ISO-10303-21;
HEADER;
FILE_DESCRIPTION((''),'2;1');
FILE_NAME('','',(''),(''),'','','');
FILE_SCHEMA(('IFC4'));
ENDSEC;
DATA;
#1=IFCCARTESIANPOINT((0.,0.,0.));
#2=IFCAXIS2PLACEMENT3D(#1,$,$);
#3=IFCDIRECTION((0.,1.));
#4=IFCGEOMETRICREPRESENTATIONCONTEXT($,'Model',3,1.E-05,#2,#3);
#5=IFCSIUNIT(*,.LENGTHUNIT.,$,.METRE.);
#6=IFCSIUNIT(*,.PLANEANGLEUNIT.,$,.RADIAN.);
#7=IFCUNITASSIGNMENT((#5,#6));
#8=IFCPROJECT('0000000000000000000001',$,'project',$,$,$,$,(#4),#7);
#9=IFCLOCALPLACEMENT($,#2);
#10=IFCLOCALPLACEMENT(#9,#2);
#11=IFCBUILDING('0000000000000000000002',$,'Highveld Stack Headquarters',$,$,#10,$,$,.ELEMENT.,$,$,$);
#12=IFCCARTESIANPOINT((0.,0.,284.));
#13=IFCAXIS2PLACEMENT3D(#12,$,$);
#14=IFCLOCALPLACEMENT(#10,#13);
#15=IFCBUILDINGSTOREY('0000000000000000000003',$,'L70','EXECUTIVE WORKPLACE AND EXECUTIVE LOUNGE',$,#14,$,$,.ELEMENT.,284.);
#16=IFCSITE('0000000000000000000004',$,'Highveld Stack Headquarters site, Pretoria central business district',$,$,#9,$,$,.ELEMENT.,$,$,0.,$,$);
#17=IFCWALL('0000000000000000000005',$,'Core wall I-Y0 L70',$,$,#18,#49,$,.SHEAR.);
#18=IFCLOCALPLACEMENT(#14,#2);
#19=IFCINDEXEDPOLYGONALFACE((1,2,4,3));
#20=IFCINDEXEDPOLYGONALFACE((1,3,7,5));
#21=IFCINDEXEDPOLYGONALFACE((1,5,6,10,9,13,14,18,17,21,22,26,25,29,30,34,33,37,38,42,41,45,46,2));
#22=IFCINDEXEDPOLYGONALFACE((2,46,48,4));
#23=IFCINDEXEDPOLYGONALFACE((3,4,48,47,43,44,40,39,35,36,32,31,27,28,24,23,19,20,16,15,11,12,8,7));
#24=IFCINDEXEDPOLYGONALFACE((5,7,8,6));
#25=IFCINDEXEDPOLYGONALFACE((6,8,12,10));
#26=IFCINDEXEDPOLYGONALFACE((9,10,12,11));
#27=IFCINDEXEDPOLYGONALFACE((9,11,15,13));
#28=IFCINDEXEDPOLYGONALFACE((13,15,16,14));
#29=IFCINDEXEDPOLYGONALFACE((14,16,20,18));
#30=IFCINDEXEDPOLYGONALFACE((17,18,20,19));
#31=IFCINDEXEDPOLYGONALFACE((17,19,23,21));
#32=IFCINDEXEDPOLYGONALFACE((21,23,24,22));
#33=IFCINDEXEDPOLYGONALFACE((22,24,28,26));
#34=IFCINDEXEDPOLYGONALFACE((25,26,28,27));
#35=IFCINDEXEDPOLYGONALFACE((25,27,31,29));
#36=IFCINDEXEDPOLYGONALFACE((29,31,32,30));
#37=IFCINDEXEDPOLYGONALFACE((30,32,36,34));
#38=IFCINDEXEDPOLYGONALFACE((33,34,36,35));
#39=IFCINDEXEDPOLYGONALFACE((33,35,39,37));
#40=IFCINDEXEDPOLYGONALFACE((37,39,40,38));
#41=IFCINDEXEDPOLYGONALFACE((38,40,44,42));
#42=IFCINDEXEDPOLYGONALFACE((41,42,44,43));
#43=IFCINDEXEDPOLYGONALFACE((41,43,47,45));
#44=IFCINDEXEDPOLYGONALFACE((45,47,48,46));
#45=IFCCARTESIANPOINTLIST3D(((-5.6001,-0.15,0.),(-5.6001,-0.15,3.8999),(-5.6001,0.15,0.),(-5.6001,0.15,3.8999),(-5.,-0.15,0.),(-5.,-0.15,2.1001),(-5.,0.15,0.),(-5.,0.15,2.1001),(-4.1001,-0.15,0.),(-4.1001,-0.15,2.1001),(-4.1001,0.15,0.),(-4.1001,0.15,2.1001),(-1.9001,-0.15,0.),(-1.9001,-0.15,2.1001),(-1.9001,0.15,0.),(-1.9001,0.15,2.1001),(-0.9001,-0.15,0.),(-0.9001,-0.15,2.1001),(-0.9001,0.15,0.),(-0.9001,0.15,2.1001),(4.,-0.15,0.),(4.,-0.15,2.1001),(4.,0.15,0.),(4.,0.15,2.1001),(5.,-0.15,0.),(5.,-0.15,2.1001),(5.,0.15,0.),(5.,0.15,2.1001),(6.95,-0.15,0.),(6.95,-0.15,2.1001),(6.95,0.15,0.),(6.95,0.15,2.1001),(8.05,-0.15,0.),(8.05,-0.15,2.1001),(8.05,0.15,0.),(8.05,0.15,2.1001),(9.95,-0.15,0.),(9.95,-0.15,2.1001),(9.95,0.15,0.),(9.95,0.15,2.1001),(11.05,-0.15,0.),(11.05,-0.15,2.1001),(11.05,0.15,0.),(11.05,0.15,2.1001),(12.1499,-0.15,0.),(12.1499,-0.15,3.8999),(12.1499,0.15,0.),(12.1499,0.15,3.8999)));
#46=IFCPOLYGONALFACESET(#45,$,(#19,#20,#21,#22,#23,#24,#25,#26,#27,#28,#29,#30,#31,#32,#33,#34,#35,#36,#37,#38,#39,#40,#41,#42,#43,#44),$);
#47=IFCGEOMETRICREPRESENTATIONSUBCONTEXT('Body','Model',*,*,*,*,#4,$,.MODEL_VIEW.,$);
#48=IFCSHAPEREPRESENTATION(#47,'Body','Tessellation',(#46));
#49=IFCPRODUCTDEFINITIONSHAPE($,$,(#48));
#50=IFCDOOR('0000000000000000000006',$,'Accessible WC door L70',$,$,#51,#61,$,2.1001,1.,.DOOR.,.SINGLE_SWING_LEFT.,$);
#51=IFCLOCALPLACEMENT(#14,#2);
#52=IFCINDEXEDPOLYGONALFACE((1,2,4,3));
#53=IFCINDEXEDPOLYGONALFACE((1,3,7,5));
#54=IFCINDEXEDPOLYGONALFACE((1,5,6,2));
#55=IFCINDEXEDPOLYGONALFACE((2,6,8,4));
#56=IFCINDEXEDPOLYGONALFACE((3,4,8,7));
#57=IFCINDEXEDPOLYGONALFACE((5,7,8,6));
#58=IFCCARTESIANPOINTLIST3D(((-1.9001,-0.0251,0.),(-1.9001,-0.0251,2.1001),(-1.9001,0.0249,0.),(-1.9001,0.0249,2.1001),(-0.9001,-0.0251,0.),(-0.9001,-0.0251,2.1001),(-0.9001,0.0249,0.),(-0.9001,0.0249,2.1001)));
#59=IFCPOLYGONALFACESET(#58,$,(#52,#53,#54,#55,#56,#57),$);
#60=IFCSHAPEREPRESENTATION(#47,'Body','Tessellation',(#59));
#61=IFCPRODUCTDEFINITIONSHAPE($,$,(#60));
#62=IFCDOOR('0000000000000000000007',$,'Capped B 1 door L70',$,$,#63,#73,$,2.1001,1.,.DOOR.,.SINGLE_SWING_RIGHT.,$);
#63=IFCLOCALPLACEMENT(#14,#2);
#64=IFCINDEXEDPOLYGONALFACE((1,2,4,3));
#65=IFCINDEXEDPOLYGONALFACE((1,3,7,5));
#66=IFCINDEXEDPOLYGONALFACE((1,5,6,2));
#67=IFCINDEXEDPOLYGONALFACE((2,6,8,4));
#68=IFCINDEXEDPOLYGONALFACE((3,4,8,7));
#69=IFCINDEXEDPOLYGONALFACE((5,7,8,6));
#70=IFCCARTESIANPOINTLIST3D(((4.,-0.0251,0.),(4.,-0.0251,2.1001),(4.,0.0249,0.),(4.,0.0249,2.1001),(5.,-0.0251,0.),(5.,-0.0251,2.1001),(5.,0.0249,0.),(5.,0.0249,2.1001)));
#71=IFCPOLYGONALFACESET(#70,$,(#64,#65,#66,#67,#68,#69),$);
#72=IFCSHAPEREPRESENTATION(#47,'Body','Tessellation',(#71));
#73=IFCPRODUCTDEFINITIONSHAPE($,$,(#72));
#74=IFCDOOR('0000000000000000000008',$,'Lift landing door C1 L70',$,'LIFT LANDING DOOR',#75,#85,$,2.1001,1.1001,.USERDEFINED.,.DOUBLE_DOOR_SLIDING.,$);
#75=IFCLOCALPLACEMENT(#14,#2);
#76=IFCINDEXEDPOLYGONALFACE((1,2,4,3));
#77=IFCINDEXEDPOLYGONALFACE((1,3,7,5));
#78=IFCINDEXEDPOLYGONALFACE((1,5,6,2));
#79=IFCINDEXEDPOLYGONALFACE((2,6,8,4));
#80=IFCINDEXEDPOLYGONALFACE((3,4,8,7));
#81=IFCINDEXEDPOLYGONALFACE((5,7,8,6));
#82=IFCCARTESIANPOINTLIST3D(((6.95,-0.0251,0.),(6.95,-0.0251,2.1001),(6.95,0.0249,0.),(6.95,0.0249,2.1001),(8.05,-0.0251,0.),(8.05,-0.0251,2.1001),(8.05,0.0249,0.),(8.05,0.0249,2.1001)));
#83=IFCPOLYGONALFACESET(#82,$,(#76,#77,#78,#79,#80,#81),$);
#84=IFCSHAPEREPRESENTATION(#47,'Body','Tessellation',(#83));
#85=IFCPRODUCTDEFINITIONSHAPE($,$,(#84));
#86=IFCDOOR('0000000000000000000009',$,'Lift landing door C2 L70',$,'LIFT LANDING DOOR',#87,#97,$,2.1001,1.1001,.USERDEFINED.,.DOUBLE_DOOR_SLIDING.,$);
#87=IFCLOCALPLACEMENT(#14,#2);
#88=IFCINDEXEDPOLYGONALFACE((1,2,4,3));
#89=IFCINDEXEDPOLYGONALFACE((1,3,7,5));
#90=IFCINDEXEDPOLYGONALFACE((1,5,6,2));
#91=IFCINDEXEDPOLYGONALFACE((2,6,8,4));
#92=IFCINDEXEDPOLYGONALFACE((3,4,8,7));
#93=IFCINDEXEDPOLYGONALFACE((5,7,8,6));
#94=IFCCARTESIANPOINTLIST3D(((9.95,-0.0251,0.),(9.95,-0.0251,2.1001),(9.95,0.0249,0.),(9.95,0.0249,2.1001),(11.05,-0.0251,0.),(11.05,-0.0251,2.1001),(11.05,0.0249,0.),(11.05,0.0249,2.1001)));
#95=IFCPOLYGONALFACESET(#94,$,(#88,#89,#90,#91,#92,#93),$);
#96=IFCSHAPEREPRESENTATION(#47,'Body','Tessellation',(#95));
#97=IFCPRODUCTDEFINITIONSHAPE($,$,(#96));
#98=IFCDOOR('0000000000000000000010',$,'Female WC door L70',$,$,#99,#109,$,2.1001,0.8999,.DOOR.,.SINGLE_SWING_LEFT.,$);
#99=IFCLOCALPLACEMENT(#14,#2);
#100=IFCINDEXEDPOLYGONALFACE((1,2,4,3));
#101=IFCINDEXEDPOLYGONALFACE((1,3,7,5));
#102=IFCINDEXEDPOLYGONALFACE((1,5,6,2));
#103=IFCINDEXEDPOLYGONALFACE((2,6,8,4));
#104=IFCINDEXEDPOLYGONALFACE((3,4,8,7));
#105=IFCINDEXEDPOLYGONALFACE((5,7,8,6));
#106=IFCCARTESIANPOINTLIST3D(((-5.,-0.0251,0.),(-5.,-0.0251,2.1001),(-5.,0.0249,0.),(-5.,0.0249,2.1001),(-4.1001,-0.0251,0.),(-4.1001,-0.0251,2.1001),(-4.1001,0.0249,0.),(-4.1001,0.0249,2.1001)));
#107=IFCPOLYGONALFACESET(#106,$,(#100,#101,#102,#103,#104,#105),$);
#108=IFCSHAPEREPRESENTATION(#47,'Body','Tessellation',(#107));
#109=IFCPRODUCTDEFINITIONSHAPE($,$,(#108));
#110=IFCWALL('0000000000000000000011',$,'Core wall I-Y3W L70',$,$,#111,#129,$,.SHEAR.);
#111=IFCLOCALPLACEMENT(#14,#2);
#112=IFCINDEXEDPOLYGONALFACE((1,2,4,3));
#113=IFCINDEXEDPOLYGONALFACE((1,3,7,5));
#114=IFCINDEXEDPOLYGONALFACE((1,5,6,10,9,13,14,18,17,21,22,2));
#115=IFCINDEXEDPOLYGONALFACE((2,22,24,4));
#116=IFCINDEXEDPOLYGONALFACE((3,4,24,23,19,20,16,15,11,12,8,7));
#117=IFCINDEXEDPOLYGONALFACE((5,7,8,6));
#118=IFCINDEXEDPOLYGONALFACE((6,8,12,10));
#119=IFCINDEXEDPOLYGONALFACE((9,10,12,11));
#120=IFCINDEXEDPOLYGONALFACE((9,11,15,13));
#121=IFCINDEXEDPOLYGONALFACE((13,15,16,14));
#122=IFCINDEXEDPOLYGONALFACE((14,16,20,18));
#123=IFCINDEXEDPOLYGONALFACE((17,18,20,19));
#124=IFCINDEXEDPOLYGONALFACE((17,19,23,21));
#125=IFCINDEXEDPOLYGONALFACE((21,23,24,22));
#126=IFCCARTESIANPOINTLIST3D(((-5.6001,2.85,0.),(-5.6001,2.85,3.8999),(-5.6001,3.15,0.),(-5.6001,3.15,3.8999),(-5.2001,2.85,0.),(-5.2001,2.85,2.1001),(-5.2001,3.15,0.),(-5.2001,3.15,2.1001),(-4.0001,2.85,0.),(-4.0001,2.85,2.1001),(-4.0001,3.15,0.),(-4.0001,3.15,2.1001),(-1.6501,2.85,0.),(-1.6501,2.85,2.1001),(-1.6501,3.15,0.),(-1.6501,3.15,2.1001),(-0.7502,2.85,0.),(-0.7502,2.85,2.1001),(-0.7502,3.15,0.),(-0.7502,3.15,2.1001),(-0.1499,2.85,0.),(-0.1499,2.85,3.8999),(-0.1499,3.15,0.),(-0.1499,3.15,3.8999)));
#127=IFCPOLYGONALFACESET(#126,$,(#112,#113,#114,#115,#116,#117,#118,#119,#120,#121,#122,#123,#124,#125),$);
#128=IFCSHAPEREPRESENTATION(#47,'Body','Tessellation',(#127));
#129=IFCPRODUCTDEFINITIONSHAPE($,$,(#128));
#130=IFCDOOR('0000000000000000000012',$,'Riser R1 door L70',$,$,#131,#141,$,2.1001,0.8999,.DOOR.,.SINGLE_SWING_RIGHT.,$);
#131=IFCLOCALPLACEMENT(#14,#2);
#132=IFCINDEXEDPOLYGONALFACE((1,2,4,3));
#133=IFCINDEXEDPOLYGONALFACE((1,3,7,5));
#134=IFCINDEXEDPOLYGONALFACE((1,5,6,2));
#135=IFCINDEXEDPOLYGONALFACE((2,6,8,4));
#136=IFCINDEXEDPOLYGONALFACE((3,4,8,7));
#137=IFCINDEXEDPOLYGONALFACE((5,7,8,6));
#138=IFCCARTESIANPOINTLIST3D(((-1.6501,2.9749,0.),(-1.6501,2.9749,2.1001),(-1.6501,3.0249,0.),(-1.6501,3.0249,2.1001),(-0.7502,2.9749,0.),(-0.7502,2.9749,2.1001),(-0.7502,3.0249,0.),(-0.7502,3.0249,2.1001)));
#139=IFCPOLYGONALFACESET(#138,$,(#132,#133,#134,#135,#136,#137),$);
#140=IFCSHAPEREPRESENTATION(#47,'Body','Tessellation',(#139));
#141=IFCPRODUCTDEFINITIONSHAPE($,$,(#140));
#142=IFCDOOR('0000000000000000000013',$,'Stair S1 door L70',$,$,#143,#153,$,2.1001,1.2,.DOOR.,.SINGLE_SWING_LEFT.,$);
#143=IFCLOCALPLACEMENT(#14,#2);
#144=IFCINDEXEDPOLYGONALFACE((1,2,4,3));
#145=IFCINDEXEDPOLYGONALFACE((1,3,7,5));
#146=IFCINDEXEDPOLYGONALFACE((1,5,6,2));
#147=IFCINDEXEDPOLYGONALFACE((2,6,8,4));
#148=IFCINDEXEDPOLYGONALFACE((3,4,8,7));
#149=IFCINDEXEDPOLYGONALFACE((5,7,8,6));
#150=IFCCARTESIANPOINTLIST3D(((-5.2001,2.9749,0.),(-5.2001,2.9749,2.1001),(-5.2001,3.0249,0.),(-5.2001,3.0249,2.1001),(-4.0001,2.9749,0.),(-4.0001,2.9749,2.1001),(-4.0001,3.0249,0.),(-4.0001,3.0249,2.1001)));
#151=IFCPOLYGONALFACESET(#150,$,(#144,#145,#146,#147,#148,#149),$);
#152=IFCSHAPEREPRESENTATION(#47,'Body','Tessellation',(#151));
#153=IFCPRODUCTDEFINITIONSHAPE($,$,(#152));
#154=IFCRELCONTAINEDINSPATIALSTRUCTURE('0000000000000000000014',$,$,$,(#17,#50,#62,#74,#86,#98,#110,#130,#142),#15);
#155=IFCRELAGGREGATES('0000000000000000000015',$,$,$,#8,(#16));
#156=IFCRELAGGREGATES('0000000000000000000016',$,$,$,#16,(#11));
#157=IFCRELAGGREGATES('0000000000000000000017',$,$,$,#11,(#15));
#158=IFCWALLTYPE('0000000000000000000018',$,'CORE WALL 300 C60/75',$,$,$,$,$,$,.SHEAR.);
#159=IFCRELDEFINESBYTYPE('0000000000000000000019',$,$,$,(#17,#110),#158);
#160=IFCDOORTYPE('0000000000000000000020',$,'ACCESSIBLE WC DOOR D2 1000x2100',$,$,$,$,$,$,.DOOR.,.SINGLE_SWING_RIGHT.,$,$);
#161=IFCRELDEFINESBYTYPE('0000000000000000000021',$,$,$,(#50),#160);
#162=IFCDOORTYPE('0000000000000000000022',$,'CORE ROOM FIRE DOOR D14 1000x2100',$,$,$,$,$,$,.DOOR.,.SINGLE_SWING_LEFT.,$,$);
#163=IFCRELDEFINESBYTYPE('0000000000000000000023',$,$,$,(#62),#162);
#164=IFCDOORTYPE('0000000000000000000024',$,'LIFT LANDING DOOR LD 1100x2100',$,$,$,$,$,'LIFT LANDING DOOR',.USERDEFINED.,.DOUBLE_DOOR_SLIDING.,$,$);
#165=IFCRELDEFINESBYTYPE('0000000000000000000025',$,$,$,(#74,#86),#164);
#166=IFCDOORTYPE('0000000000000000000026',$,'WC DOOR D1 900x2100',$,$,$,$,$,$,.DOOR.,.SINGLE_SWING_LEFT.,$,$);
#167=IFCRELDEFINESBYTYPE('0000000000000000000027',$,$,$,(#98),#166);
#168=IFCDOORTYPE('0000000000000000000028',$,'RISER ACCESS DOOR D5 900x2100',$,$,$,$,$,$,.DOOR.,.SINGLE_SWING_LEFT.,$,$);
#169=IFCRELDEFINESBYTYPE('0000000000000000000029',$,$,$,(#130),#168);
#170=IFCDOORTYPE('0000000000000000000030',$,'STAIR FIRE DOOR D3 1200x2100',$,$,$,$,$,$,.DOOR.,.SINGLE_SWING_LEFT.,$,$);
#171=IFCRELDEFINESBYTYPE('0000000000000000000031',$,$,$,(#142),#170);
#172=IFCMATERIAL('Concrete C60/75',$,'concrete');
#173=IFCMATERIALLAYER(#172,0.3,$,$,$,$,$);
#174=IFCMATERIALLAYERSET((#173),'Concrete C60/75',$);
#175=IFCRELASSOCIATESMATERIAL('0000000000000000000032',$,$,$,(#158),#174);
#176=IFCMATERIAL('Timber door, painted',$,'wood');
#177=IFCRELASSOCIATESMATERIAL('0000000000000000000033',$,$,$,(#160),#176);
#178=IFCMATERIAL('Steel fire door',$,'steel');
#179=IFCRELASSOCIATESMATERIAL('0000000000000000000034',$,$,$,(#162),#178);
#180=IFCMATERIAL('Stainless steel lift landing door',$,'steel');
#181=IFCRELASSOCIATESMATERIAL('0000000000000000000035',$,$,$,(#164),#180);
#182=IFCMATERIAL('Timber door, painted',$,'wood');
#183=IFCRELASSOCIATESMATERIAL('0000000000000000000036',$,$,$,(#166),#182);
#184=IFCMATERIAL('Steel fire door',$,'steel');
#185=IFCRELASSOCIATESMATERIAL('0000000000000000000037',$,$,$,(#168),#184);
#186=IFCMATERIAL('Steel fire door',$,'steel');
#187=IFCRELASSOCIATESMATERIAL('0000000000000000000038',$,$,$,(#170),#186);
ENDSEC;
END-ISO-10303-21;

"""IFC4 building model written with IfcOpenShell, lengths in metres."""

from ifc_helpers import new_model, si_unit, direction, frame, frame_2d, origin, place, context, subcontext, project, spatial, rectangle, extrude, material, layer, layer_set, type_object, element, fill, save


model = new_model("IFC4")

# Units and contexts
model_context = context("Model", 3, precision=1e-05, world=origin(), true_north=direction((0.0, 1.0)))
body_context = subcontext(model_context, "Body", "Model", "MODEL_VIEW")
ifc_project = project(units=[si_unit("LENGTHUNIT", "METRE"), si_unit("PLANEANGLEUNIT", "RADIAN")], contexts=[model_context])

# Site, building, storey
site_placement = place(None, origin())
site = spatial("IfcSite", under=ifc_project, at=site_placement, Name="Highveld Stack Headquarters site, Pretoria central business district", CompositionType="ELEMENT", RefElevation=0.0)
building_placement = place(site_placement, origin())
building = spatial("IfcBuilding", under=site, at=building_placement, Name="Highveld Stack Headquarters", CompositionType="ELEMENT")
storey_placement = place(building_placement, frame((0.0, 0.0, 284.0)))
storey = spatial("IfcBuildingStorey", under=building, at=storey_placement, Name="L70", Description="EXECUTIVE WORKPLACE AND EXECUTIVE LOUNGE", CompositionType="ELEMENT", Elevation=284.0)

# Walls, openings, doors
ifc_material_1 = material(Name="Concrete C60/75", Category="concrete")
ifc_layer_1 = layer(ifc_material_1, 0.3)
ifc_layer_set_1 = layer_set([ifc_layer_1], Name="Concrete C60/75")
wall_type = type_object("IfcWallType", Name="CORE WALL 300 C60/75", PredefinedType="SHEAR", material=ifc_layer_set_1)
wall_1_placement = place(storey_placement, frame((-5.6001, 0.0, 0.0), z_axis=(0.0, 0.0, 1.0), x_axis=(1.0, 0.0, 0.0)))
wall_1 = element("IfcWall", 1, at=wall_1_placement, inside=storey, type_object=wall_type, Name="Core wall I-Y0 L70", PredefinedType="SHEAR", context=body_context, shape_type="SweptSolid", body=[
    extrude(rectangle(XDim=17.75, YDim=0.3, at=frame_2d((8.875, 0.0))), origin(), (0.0, 0.0, 1.0), 3.8999),
])
opening_1_placement = place(wall_1_placement, frame((0.6001, 0.0, 0.0)))
opening_1 = element("IfcOpeningElement", 2, at=opening_1_placement, cuts=wall_1, PredefinedType="OPENING", context=body_context, shape_type="SweptSolid", body=[
    extrude(rectangle(XDim=0.8999, YDim=2.1001, at=frame_2d((0.45, 1.05))), frame((0.0, 0.1599, 0.0), z_axis=(0.0, -1.0, 0.0), x_axis=(1.0, 0.0, 0.0)), (0.0, 0.0, 1.0), 0.3201),
])
opening_2_placement = place(wall_1_placement, frame((3.7, 0.0, 0.0)))
opening_2 = element("IfcOpeningElement", 3, at=opening_2_placement, cuts=wall_1, PredefinedType="OPENING", context=body_context, shape_type="SweptSolid", body=[
    extrude(rectangle(XDim=1.0, YDim=2.1001, at=frame_2d((0.5, 1.05))), frame((0.0, 0.1599, 0.0), z_axis=(0.0, -1.0, 0.0), x_axis=(1.0, 0.0, 0.0)), (0.0, 0.0, 1.0), 0.3201),
])
opening_3_placement = place(wall_1_placement, frame((9.6001, 0.0, 0.0)))
opening_3 = element("IfcOpeningElement", 4, at=opening_3_placement, cuts=wall_1, PredefinedType="OPENING", context=body_context, shape_type="SweptSolid", body=[
    extrude(rectangle(XDim=1.0, YDim=2.1001, at=frame_2d((0.5, 1.05))), frame((0.0, 0.1599, 0.0), z_axis=(0.0, -1.0, 0.0), x_axis=(1.0, 0.0, 0.0)), (0.0, 0.0, 1.0), 0.3201),
])
opening_4_placement = place(wall_1_placement, frame((12.55, 0.0, 0.0)))
opening_4 = element("IfcOpeningElement", 5, at=opening_4_placement, cuts=wall_1, PredefinedType="OPENING", context=body_context, shape_type="SweptSolid", body=[
    extrude(rectangle(XDim=1.1001, YDim=2.1001, at=frame_2d((0.55, 1.05))), frame((0.0, 0.1599, 0.0), z_axis=(0.0, -1.0, 0.0), x_axis=(1.0, 0.0, 0.0)), (0.0, 0.0, 1.0), 0.3201),
])
opening_5_placement = place(wall_1_placement, frame((15.55, 0.0, 0.0)))
opening_5 = element("IfcOpeningElement", 6, at=opening_5_placement, cuts=wall_1, PredefinedType="OPENING", context=body_context, shape_type="SweptSolid", body=[
    extrude(rectangle(XDim=1.1001, YDim=2.1001, at=frame_2d((0.55, 1.05))), frame((0.0, 0.1599, 0.0), z_axis=(0.0, -1.0, 0.0), x_axis=(1.0, 0.0, 0.0)), (0.0, 0.0, 1.0), 0.3201),
])
ifc_material_2 = material(Name="Timber door, painted", Category="wood")
door_type_1 = type_object("IfcDoorType", Name="ACCESSIBLE WC DOOR D2 1000x2100", OperationType="SINGLE_SWING_RIGHT", PredefinedType="DOOR", material=ifc_material_2)
door_1_placement = place(opening_2_placement, origin())
door_1 = element("IfcDoor", 7, at=door_1_placement, inside=storey, type_object=door_type_1, Name="Accessible WC door L70", OperationType="SINGLE_SWING_LEFT", OverallHeight=2.1001, OverallWidth=1.0, PredefinedType="DOOR", context=body_context, shape_type="SweptSolid", body=[
    extrude(rectangle(XDim=1.0, YDim=2.1001, at=frame_2d((0.5, 1.05))), frame((0.0, 0.0249, 0.0), z_axis=(0.0, -1.0, 0.0), x_axis=(1.0, 0.0, 0.0)), (0.0, 0.0, 1.0), 0.05),
])
fill(opening_2, door_1)
ifc_material_3 = material(Name="Steel fire door", Category="steel")
door_type_2 = type_object("IfcDoorType", Name="CORE ROOM FIRE DOOR D14 1000x2100", OperationType="SINGLE_SWING_LEFT", PredefinedType="DOOR", material=ifc_material_3)
door_2_placement = place(opening_3_placement, origin())
door_2 = element("IfcDoor", 8, at=door_2_placement, inside=storey, type_object=door_type_2, Name="Capped B 1 door L70", OperationType="SINGLE_SWING_RIGHT", OverallHeight=2.1001, OverallWidth=1.0, PredefinedType="DOOR", context=body_context, shape_type="SweptSolid", body=[
    extrude(rectangle(XDim=1.0, YDim=2.1001, at=frame_2d((0.5, 1.05))), frame((0.0, 0.0249, 0.0), z_axis=(0.0, -1.0, 0.0), x_axis=(1.0, 0.0, 0.0)), (0.0, 0.0, 1.0), 0.05),
])
fill(opening_3, door_2)
ifc_material_4 = material(Name="Stainless steel lift landing door", Category="steel")
door_type_3 = type_object("IfcDoorType", Name="LIFT LANDING DOOR LD 1100x2100", ElementType="LIFT LANDING DOOR", OperationType="DOUBLE_DOOR_SLIDING", PredefinedType="USERDEFINED", material=ifc_material_4)
door_3_placement = place(opening_4_placement, origin())
door_3 = element("IfcDoor", 9, at=door_3_placement, inside=storey, type_object=door_type_3, Name="Lift landing door C1 L70", ObjectType="LIFT LANDING DOOR", OperationType="DOUBLE_DOOR_SLIDING", OverallHeight=2.1001, OverallWidth=1.1001, PredefinedType="USERDEFINED", context=body_context, shape_type="SweptSolid", body=[
    extrude(rectangle(XDim=1.1001, YDim=2.1001, at=frame_2d((0.55, 1.05))), frame((0.0, 0.0249, 0.0), z_axis=(0.0, -1.0, 0.0), x_axis=(1.0, 0.0, 0.0)), (0.0, 0.0, 1.0), 0.05),
])
fill(opening_4, door_3)
door_4_placement = place(opening_5_placement, origin())
door_4 = element("IfcDoor", 10, at=door_4_placement, inside=storey, type_object=door_type_3, Name="Lift landing door C2 L70", ObjectType="LIFT LANDING DOOR", OperationType="DOUBLE_DOOR_SLIDING", OverallHeight=2.1001, OverallWidth=1.1001, PredefinedType="USERDEFINED", context=body_context, shape_type="SweptSolid", body=[
    extrude(rectangle(XDim=1.1001, YDim=2.1001, at=frame_2d((0.55, 1.05))), frame((0.0, 0.0249, 0.0), z_axis=(0.0, -1.0, 0.0), x_axis=(1.0, 0.0, 0.0)), (0.0, 0.0, 1.0), 0.05),
])
fill(opening_5, door_4)
ifc_material_5 = material(Name="Timber door, painted", Category="wood")
door_type_4 = type_object("IfcDoorType", Name="WC DOOR D1 900x2100", OperationType="SINGLE_SWING_LEFT", PredefinedType="DOOR", material=ifc_material_5)
door_5_placement = place(opening_1_placement, origin())
door_5 = element("IfcDoor", 11, at=door_5_placement, inside=storey, type_object=door_type_4, Name="Female WC door L70", OperationType="SINGLE_SWING_LEFT", OverallHeight=2.1001, OverallWidth=0.8999, PredefinedType="DOOR", context=body_context, shape_type="SweptSolid", body=[
    extrude(rectangle(XDim=0.8999, YDim=2.1001, at=frame_2d((0.45, 1.05))), frame((0.0, 0.0249, 0.0), z_axis=(0.0, -1.0, 0.0), x_axis=(1.0, 0.0, 0.0)), (0.0, 0.0, 1.0), 0.05),
])
fill(opening_1, door_5)
wall_2_placement = place(storey_placement, frame((-5.6001, 3.0, 0.0), z_axis=(0.0, 0.0, 1.0), x_axis=(1.0, 0.0, 0.0)))
wall_2 = element("IfcWall", 12, at=wall_2_placement, inside=storey, type_object=wall_type, Name="Core wall I-Y3W L70", PredefinedType="SHEAR", context=body_context, shape_type="SweptSolid", body=[
    extrude(rectangle(XDim=5.4502, YDim=0.3, at=frame_2d((2.7251, 0.0))), origin(), (0.0, 0.0, 1.0), 3.8999),
])
opening_6_placement = place(wall_2_placement, frame((0.3999, 0.0, 0.0)))
opening_6 = element("IfcOpeningElement", 13, at=opening_6_placement, cuts=wall_2, PredefinedType="OPENING", context=body_context, shape_type="SweptSolid", body=[
    extrude(rectangle(XDim=1.2, YDim=2.1001, at=frame_2d((0.6001, 1.05))), frame((0.0, 0.1599, 0.0), z_axis=(0.0, -1.0, 0.0), x_axis=(1.0, 0.0, 0.0)), (0.0, 0.0, 1.0), 0.3201),
])
opening_7_placement = place(wall_2_placement, frame((3.95, 0.0, 0.0)))
opening_7 = element("IfcOpeningElement", 14, at=opening_7_placement, cuts=wall_2, PredefinedType="OPENING", context=body_context, shape_type="SweptSolid", body=[
    extrude(rectangle(XDim=0.8999, YDim=2.1001, at=frame_2d((0.45, 1.05))), frame((0.0, 0.1599, 0.0), z_axis=(0.0, -1.0, 0.0), x_axis=(1.0, 0.0, 0.0)), (0.0, 0.0, 1.0), 0.3201),
])
ifc_material_6 = material(Name="Steel fire door", Category="steel")
door_type_5 = type_object("IfcDoorType", Name="RISER ACCESS DOOR D5 900x2100", OperationType="SINGLE_SWING_LEFT", PredefinedType="DOOR", material=ifc_material_6)
door_6_placement = place(opening_7_placement, origin())
door_6 = element("IfcDoor", 15, at=door_6_placement, inside=storey, type_object=door_type_5, Name="Riser R1 door L70", OperationType="SINGLE_SWING_RIGHT", OverallHeight=2.1001, OverallWidth=0.8999, PredefinedType="DOOR", context=body_context, shape_type="SweptSolid", body=[
    extrude(rectangle(XDim=0.8999, YDim=2.1001, at=frame_2d((0.45, 1.05))), frame((0.0, 0.0249, 0.0), z_axis=(0.0, -1.0, 0.0), x_axis=(1.0, 0.0, 0.0)), (0.0, 0.0, 1.0), 0.05),
])
fill(opening_7, door_6)
ifc_material_7 = material(Name="Steel fire door", Category="steel")
door_type_6 = type_object("IfcDoorType", Name="STAIR FIRE DOOR D3 1200x2100", OperationType="SINGLE_SWING_LEFT", PredefinedType="DOOR", material=ifc_material_7)
door_7_placement = place(opening_6_placement, origin())
door_7 = element("IfcDoor", 16, at=door_7_placement, inside=storey, type_object=door_type_6, Name="Stair S1 door L70", OperationType="SINGLE_SWING_LEFT", OverallHeight=2.1001, OverallWidth=1.2, PredefinedType="DOOR", context=body_context, shape_type="SweptSolid", body=[
    extrude(rectangle(XDim=1.2, YDim=2.1001, at=frame_2d((0.6001, 1.05))), frame((0.0, 0.0249, 0.0), z_axis=(0.0, -1.0, 0.0), x_axis=(1.0, 0.0, 0.0)), (0.0, 0.0, 1.0), 0.05),
])
fill(opening_6, door_7)

save(model, "model.ifc")
